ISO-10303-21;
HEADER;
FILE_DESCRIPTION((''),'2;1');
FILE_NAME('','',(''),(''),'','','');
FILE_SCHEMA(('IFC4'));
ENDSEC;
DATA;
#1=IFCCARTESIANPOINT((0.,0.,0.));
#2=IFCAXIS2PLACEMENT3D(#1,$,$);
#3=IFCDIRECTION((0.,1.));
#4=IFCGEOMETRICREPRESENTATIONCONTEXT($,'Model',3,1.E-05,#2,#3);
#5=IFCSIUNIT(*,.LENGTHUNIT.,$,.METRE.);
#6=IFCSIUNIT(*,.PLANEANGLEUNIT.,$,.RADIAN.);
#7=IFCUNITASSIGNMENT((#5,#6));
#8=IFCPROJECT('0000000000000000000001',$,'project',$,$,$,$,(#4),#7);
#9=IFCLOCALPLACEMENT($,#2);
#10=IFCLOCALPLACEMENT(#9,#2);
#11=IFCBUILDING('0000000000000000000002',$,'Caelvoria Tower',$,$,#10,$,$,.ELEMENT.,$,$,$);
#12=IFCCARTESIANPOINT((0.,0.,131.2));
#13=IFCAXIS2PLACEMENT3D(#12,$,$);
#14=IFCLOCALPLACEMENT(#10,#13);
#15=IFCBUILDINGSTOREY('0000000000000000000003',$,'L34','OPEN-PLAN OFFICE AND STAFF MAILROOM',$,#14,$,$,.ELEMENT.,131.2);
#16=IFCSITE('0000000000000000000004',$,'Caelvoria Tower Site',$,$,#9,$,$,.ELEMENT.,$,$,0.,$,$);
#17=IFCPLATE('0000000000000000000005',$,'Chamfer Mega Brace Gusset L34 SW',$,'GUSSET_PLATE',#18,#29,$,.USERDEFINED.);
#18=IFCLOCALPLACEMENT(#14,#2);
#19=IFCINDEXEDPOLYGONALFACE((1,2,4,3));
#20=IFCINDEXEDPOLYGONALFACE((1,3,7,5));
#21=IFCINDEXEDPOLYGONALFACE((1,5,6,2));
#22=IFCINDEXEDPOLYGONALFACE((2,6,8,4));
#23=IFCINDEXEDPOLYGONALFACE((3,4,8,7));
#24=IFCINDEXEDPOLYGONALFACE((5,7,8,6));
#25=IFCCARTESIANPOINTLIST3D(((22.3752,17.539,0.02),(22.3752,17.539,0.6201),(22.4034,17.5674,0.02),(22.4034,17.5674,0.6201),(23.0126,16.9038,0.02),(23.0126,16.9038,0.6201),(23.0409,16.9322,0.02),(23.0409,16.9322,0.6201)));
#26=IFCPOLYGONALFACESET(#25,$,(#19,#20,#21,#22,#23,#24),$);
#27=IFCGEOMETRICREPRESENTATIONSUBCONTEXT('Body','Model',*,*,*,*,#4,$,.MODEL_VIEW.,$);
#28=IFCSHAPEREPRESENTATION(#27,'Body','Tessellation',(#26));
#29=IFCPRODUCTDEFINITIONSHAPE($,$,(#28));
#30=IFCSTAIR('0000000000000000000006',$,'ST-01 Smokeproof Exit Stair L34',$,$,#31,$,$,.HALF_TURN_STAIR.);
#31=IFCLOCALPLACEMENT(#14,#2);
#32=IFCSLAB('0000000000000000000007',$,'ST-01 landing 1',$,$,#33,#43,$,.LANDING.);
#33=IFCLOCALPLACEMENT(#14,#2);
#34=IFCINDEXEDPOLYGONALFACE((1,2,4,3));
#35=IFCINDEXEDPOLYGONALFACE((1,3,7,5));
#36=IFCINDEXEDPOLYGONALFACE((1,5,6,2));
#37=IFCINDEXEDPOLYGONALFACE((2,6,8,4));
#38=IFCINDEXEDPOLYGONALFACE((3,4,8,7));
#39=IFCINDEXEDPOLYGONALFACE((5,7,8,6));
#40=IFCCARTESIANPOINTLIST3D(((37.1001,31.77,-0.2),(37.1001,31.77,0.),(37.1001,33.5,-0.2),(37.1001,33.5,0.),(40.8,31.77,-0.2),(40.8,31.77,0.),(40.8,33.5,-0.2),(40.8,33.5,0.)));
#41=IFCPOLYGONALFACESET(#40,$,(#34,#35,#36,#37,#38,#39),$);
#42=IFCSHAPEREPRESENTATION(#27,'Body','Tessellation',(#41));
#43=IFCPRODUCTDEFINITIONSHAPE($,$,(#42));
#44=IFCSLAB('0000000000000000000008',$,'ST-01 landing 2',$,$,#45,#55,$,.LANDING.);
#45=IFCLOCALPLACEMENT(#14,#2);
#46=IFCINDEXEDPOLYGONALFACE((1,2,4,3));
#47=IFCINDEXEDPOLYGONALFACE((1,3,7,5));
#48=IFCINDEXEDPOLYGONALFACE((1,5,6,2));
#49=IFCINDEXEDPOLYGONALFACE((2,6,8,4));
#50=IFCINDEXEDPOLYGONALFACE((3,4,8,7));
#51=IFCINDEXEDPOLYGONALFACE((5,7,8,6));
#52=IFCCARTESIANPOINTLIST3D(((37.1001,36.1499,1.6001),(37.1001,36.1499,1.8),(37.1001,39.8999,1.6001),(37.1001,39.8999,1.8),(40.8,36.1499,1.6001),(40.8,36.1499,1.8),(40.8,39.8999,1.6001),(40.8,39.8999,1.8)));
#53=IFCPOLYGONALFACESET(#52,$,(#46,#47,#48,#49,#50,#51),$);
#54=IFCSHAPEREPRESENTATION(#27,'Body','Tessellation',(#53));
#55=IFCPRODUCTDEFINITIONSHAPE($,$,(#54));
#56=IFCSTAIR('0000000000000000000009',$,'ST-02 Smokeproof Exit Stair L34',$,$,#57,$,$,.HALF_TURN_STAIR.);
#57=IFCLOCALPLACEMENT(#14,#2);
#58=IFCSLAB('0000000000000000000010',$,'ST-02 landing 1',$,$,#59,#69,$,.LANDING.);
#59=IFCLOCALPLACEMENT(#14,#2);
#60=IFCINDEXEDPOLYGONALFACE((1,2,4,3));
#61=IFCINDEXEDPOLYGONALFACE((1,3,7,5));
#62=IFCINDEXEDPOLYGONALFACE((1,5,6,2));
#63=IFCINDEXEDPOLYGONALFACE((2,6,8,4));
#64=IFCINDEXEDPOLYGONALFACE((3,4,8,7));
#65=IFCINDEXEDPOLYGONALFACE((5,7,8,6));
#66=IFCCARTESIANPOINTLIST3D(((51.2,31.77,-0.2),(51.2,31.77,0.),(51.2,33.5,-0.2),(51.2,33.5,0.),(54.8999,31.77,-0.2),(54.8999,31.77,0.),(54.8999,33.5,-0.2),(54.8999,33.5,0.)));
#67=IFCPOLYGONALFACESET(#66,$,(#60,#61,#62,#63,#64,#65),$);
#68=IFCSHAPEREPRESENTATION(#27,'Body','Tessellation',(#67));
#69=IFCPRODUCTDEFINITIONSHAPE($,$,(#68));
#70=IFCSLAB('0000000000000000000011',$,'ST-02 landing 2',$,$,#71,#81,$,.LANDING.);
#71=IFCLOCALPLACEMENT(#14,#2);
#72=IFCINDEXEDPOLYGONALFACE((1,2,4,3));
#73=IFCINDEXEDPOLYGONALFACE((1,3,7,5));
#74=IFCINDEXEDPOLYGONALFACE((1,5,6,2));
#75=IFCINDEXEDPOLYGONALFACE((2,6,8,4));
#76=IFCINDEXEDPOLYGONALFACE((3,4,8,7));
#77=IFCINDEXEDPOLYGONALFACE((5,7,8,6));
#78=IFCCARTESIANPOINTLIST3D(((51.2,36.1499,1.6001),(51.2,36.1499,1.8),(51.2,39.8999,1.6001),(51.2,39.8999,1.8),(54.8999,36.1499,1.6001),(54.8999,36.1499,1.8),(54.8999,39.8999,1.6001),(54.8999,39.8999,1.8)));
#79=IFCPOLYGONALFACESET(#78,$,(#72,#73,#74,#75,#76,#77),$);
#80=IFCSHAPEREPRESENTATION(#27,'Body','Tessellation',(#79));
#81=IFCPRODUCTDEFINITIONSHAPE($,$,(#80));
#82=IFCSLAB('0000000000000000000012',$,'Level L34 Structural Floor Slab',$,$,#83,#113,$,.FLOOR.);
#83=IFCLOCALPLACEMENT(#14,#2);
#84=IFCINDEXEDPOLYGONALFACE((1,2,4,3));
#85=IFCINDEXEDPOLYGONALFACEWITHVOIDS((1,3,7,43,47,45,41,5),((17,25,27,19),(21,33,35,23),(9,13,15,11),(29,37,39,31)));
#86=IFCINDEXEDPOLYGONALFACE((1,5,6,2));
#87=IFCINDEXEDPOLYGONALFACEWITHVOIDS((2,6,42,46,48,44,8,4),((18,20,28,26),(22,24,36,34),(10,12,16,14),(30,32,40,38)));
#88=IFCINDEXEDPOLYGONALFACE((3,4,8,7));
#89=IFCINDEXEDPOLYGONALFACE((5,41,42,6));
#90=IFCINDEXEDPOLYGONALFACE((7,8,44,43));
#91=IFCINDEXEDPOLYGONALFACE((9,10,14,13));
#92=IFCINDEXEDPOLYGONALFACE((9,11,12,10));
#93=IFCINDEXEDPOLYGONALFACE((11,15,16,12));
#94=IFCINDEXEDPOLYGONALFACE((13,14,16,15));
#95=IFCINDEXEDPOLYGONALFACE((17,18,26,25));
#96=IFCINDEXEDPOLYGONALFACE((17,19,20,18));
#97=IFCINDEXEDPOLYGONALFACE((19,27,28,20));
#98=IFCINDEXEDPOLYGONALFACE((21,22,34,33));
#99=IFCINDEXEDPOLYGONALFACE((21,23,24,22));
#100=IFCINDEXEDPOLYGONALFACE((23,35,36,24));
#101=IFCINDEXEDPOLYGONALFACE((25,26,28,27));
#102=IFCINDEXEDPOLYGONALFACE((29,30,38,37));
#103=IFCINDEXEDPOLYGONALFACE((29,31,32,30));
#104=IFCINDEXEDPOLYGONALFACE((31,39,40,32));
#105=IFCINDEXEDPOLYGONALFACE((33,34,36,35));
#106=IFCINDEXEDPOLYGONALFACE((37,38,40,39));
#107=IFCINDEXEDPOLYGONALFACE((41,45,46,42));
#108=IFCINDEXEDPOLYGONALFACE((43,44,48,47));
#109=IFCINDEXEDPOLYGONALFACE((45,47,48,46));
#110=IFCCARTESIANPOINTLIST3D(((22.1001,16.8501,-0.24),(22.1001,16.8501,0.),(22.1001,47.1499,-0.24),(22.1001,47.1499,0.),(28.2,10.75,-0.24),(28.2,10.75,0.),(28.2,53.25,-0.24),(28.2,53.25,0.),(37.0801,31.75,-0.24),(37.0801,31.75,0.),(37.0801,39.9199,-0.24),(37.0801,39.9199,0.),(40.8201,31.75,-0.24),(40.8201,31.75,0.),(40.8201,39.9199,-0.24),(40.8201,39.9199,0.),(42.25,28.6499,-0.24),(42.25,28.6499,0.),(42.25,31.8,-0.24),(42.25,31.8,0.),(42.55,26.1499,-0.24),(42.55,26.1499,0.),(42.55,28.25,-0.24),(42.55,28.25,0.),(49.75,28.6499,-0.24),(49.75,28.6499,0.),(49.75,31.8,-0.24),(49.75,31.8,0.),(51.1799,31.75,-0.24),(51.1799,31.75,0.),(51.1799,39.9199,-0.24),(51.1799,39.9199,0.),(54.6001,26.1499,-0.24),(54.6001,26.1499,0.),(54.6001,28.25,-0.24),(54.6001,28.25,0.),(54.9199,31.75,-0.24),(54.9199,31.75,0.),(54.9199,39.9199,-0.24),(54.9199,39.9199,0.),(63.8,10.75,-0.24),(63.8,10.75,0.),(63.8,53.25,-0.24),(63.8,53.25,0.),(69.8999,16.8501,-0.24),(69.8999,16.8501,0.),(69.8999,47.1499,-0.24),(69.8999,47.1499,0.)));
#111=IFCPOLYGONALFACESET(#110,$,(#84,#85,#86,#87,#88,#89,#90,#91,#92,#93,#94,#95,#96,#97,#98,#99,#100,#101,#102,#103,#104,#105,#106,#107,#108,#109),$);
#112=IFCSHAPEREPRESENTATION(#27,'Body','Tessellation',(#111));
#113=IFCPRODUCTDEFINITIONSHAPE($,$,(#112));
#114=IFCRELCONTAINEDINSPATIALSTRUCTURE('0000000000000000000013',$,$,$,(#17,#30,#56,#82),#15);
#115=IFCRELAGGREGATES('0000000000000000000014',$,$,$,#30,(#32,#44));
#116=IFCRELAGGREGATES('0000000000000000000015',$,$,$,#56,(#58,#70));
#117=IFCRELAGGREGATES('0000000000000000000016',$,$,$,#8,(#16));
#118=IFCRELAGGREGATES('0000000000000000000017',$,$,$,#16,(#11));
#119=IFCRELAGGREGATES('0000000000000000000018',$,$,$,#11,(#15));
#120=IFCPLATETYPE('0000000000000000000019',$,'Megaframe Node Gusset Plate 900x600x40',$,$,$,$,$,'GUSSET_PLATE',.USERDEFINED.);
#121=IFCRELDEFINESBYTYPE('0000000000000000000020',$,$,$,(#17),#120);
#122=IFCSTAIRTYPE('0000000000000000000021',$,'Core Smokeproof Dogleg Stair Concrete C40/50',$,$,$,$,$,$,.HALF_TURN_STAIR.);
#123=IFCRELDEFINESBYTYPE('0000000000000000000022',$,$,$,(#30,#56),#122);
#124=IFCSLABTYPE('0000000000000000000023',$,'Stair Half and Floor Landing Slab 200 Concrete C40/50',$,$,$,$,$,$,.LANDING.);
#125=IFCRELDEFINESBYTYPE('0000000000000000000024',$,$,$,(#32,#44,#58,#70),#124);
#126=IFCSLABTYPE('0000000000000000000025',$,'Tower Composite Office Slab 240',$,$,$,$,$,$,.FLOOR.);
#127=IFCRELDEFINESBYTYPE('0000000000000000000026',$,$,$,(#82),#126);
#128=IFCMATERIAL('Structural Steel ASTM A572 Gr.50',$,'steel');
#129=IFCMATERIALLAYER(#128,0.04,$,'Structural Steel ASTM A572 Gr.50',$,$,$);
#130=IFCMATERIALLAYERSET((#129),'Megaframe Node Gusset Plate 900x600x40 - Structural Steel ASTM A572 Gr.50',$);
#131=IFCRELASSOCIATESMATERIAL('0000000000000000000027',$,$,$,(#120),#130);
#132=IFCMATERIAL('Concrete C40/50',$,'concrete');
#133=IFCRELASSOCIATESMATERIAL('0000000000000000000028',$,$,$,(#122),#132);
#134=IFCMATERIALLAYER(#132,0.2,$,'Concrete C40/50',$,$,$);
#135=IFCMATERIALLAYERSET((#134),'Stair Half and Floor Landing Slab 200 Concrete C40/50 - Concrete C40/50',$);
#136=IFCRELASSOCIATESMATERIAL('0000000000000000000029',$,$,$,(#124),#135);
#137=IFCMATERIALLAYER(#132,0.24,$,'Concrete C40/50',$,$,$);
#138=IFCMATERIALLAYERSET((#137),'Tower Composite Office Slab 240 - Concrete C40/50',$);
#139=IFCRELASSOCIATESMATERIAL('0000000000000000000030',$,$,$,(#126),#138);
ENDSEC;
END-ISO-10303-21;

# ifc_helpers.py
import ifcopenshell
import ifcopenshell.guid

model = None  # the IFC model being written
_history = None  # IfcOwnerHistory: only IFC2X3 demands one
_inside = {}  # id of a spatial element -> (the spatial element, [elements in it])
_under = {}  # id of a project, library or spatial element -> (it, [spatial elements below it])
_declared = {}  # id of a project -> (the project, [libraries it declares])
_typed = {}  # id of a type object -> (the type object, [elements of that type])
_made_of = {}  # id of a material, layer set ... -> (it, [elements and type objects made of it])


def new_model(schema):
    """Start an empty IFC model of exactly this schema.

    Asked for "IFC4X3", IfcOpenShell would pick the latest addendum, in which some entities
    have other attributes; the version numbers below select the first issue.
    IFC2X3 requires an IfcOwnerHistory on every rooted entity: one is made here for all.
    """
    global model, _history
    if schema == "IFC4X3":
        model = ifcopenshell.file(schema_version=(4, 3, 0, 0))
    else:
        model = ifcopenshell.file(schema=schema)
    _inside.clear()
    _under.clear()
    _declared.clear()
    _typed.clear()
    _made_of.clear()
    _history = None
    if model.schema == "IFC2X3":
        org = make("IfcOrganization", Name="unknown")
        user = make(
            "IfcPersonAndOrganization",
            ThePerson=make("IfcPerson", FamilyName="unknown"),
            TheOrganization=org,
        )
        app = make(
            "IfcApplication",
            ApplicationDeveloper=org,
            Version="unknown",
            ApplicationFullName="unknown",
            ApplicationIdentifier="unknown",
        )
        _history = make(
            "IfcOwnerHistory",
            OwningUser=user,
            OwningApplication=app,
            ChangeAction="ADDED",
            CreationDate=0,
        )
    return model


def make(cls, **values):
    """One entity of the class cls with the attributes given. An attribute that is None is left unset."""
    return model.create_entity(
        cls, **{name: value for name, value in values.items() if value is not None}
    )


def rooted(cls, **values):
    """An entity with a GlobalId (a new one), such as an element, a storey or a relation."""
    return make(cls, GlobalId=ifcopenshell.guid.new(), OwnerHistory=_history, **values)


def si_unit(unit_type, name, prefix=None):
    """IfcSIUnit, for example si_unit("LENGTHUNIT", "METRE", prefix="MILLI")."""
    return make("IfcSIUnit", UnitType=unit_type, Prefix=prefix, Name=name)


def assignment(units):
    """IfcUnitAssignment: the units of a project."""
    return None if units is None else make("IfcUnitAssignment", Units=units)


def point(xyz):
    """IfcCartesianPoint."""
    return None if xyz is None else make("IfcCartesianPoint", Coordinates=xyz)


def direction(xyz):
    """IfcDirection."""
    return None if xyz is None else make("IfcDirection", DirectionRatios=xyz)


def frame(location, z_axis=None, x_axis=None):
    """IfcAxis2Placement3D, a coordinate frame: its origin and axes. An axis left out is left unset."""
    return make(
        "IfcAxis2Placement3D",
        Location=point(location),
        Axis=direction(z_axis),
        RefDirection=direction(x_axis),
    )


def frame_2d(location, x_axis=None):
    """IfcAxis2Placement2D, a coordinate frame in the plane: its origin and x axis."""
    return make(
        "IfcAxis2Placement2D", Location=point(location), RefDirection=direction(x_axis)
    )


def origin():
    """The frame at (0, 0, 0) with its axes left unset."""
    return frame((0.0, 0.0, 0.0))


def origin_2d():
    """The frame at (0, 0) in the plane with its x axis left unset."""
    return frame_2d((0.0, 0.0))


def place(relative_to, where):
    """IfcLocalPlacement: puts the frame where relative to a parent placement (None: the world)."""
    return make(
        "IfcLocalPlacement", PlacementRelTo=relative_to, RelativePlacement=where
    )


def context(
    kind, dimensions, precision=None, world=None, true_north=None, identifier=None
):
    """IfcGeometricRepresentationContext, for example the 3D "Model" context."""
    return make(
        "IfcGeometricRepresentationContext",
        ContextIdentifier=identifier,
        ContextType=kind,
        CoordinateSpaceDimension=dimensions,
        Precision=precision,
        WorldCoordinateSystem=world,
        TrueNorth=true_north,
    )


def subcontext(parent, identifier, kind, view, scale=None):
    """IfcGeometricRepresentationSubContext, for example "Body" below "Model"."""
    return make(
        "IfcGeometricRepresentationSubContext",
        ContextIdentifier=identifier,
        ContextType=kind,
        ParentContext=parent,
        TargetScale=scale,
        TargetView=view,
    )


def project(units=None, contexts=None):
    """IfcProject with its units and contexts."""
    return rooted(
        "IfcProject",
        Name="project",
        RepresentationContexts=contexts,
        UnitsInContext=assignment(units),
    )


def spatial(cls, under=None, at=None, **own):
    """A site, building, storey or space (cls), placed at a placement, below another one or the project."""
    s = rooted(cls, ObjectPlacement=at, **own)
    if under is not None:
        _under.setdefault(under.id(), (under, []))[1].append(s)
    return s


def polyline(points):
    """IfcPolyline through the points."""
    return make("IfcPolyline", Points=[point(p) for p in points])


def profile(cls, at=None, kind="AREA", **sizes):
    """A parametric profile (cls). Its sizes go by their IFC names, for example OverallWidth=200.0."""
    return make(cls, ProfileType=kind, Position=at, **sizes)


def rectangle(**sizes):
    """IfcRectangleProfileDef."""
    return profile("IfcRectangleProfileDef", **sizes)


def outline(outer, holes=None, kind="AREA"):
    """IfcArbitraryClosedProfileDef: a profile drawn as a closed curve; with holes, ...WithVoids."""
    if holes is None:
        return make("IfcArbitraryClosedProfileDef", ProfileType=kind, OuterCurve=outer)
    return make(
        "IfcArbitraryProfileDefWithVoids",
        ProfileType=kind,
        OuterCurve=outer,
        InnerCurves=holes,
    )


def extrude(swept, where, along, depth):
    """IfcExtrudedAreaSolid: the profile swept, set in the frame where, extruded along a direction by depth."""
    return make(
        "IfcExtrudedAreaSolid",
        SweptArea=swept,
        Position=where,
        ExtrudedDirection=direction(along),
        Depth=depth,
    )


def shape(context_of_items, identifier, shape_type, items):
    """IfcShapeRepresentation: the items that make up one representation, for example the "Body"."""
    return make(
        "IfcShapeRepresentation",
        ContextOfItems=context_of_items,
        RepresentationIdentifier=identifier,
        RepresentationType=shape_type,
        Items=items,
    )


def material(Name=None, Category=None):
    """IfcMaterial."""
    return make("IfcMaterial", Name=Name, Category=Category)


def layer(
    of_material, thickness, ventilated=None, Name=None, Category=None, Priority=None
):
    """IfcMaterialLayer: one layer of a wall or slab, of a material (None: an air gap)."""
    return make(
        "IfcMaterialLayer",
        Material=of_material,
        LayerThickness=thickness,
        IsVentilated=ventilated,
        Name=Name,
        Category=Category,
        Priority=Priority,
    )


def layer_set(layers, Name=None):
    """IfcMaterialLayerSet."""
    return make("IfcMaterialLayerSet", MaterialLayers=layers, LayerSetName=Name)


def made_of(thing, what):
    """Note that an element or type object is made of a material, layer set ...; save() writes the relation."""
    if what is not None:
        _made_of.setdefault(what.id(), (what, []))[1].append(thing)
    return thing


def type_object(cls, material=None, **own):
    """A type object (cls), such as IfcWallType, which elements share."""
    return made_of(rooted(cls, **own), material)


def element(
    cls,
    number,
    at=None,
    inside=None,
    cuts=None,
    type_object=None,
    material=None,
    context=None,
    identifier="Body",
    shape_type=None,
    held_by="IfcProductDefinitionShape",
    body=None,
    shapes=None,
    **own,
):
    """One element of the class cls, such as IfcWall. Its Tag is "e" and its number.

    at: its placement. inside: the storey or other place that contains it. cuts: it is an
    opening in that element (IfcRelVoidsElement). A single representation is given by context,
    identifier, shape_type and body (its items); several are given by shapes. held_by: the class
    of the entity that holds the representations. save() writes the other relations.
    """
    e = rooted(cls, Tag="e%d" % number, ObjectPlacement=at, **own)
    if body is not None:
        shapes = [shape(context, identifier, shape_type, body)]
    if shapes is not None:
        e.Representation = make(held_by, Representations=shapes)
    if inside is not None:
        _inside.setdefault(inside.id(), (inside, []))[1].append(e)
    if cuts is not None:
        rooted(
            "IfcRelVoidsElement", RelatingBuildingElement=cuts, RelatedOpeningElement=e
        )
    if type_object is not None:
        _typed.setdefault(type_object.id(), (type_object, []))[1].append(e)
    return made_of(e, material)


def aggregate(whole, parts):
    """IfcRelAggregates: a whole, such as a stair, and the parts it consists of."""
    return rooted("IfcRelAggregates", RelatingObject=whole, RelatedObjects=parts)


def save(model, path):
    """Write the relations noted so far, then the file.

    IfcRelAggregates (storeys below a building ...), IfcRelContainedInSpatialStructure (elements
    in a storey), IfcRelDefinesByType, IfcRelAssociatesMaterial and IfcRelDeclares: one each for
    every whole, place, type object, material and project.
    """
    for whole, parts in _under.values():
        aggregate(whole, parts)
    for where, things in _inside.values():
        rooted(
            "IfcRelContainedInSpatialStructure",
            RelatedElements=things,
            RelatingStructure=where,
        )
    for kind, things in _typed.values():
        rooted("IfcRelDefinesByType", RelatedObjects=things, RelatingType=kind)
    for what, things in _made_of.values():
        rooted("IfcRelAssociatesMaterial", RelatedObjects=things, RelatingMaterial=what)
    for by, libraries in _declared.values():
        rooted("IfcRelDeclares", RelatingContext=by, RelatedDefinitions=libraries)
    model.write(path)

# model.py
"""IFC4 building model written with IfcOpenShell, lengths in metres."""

from ifc_helpers import new_model, si_unit, direction, frame, origin, origin_2d, place, context, subcontext, project, spatial, polyline, rectangle, outline, extrude, material, layer, layer_set, type_object, element, aggregate, save


model = new_model("IFC4")

# Units and contexts
model_context = context("Model", 3, precision=1e-05, world=origin(), true_north=direction((0.0, 1.0)))
body_context = subcontext(model_context, "Body", "Model", "MODEL_VIEW")
ifc_project = project(units=[si_unit("LENGTHUNIT", "METRE"), si_unit("PLANEANGLEUNIT", "RADIAN")], contexts=[model_context])

# Site, building, storey
site_placement = place(None, origin())
site = spatial("IfcSite", under=ifc_project, at=site_placement, Name="Caelvoria Tower Site", CompositionType="ELEMENT", RefElevation=0.0)
building_placement = place(site_placement, origin())
building = spatial("IfcBuilding", under=site, at=building_placement, Name="Caelvoria Tower", CompositionType="ELEMENT")
storey_placement = place(building_placement, frame((0.0, 0.0, 131.2)))
storey = spatial("IfcBuildingStorey", under=building, at=storey_placement, Name="L34", Description="OPEN-PLAN OFFICE AND STAFF MAILROOM", CompositionType="ELEMENT", Elevation=131.2)

# Shared definitions
ifc_material_1 = material(Name="Structural Steel ASTM A572 Gr.50", Category="steel")

# Plate
ifc_layer_1 = layer(ifc_material_1, 0.04, Name="Structural Steel ASTM A572 Gr.50")
ifc_layer_set_1 = layer_set([ifc_layer_1], Name="Megaframe Node Gusset Plate 900x600x40 - Structural Steel ASTM A572 Gr.50")
plate_type = type_object("IfcPlateType", Name="Megaframe Node Gusset Plate 900x600x40", ElementType="GUSSET_PLATE", PredefinedType="USERDEFINED", material=ifc_layer_set_1)
plate_placement = place(storey_placement, frame((22.708, 17.2356, 0.02), z_axis=(0.0, 0.0, 1.0), x_axis=(0.708331, -0.70588, 0.0)))
element("IfcPlate", 1, at=plate_placement, inside=storey, type_object=plate_type, Name="Chamfer Mega Brace Gusset L34 SW", ObjectType="GUSSET_PLATE", PredefinedType="USERDEFINED", context=body_context, shape_type="SweptSolid", body=[
    extrude(rectangle(XDim=0.8999, YDim=0.04, at=origin_2d()), origin(), (0.0, 0.0, 1.0), 0.6001),
])

# Stairs, slabs
ifc_material_2 = material(Name="Concrete C40/50", Category="concrete")
stair_type = type_object("IfcStairType", Name="Core Smokeproof Dogleg Stair Concrete C40/50", PredefinedType="HALF_TURN_STAIR", material=ifc_material_2)
stair_1_placement = place(storey_placement, origin())
stair_1 = element("IfcStair", 2, at=stair_1_placement, inside=storey, type_object=stair_type, Name="ST-01 Smokeproof Exit Stair L34", PredefinedType="HALF_TURN_STAIR")
ifc_layer_2 = layer(ifc_material_2, 0.2, Name="Concrete C40/50")
ifc_layer_set_2 = layer_set([ifc_layer_2], Name="Stair Half and Floor Landing Slab 200 Concrete C40/50 - Concrete C40/50")
slab_type_1 = type_object("IfcSlabType", Name="Stair Half and Floor Landing Slab 200 Concrete C40/50", PredefinedType="LANDING", material=ifc_layer_set_2)
slab_1_placement = place(storey_placement, frame((0.0, 0.0, -0.2)))
slab_1 = element("IfcSlab", 3, at=slab_1_placement, type_object=slab_type_1, Name="ST-01 landing 1", PredefinedType="LANDING", context=body_context, shape_type="SweptSolid", body=[
    extrude(outline(polyline([(37.1001, 31.77), (40.8, 31.77), (40.8, 33.5), (37.1001, 33.5), (37.1001, 31.77)])), origin(), (0.0, 0.0, 1.0), 0.2),
])
slab_2_placement = place(storey_placement, frame((0.0, 0.0, 1.6001)))
slab_2 = element("IfcSlab", 4, at=slab_2_placement, type_object=slab_type_1, Name="ST-01 landing 2", PredefinedType="LANDING", context=body_context, shape_type="SweptSolid", body=[
    extrude(outline(polyline([(37.1001, 36.1499), (40.8, 36.1499), (40.8, 39.8999), (37.1001, 39.8999), (37.1001, 36.1499)])), origin(), (0.0, 0.0, 1.0), 0.2),
])
aggregate(stair_1, [slab_1, slab_2])
stair_2_placement = place(storey_placement, origin())
stair_2 = element("IfcStair", 5, at=stair_2_placement, inside=storey, type_object=stair_type, Name="ST-02 Smokeproof Exit Stair L34", PredefinedType="HALF_TURN_STAIR")
slab_3_placement = place(storey_placement, frame((0.0, 0.0, -0.2)))
slab_3 = element("IfcSlab", 6, at=slab_3_placement, type_object=slab_type_1, Name="ST-02 landing 1", PredefinedType="LANDING", context=body_context, shape_type="SweptSolid", body=[
    extrude(outline(polyline([(51.2, 31.77), (54.8999, 31.77), (54.8999, 33.5), (51.2, 33.5), (51.2, 31.77)])), origin(), (0.0, 0.0, 1.0), 0.2),
])
slab_4_placement = place(storey_placement, frame((0.0, 0.0, 1.6001)))
slab_4 = element("IfcSlab", 7, at=slab_4_placement, type_object=slab_type_1, Name="ST-02 landing 2", PredefinedType="LANDING", context=body_context, shape_type="SweptSolid", body=[
    extrude(outline(polyline([(51.2, 36.1499), (54.8999, 36.1499), (54.8999, 39.8999), (51.2, 39.8999), (51.2, 36.1499)])), origin(), (0.0, 0.0, 1.0), 0.2),
])
aggregate(stair_2, [slab_3, slab_4])

# Slab
ifc_layer_3 = layer(ifc_material_2, 0.24, Name="Concrete C40/50")
ifc_layer_set_3 = layer_set([ifc_layer_3], Name="Tower Composite Office Slab 240 - Concrete C40/50")
slab_type_2 = type_object("IfcSlabType", Name="Tower Composite Office Slab 240", PredefinedType="FLOOR", material=ifc_layer_set_3)
slab_5_placement = place(storey_placement, frame((0.0, 0.0, -0.24)))
element("IfcSlab", 8, at=slab_5_placement, inside=storey, type_object=slab_type_2, Name="Level L34 Structural Floor Slab", PredefinedType="FLOOR", context=body_context, shape_type="SweptSolid", body=[
    extrude(outline(polyline([(28.2, 10.75), (63.8, 10.75), (69.8999, 16.8501), (69.8999, 47.1499), (63.8, 53.25), (28.2, 53.25), (22.1001, 47.1499), (22.1001, 16.8501), (28.2, 10.75)]), holes=[polyline([(37.0801, 31.75), (40.8201, 31.75), (40.8201, 39.9199), (37.0801, 39.9199), (37.0801, 31.75)]), polyline([(51.1799, 31.75), (54.9199, 31.75), (54.9199, 39.9199), (51.1799, 39.9199), (51.1799, 31.75)]), polyline([(42.25, 28.6499), (49.75, 28.6499), (49.75, 31.8), (42.25, 31.8), (42.25, 28.6499)]), polyline([(42.55, 26.1499), (54.6001, 26.1499), (54.6001, 28.25), (42.55, 28.25), (42.55, 26.1499)])]), origin(), (0.0, 0.0, 1.0), 0.24),
])

save(model, "model.ifc")
